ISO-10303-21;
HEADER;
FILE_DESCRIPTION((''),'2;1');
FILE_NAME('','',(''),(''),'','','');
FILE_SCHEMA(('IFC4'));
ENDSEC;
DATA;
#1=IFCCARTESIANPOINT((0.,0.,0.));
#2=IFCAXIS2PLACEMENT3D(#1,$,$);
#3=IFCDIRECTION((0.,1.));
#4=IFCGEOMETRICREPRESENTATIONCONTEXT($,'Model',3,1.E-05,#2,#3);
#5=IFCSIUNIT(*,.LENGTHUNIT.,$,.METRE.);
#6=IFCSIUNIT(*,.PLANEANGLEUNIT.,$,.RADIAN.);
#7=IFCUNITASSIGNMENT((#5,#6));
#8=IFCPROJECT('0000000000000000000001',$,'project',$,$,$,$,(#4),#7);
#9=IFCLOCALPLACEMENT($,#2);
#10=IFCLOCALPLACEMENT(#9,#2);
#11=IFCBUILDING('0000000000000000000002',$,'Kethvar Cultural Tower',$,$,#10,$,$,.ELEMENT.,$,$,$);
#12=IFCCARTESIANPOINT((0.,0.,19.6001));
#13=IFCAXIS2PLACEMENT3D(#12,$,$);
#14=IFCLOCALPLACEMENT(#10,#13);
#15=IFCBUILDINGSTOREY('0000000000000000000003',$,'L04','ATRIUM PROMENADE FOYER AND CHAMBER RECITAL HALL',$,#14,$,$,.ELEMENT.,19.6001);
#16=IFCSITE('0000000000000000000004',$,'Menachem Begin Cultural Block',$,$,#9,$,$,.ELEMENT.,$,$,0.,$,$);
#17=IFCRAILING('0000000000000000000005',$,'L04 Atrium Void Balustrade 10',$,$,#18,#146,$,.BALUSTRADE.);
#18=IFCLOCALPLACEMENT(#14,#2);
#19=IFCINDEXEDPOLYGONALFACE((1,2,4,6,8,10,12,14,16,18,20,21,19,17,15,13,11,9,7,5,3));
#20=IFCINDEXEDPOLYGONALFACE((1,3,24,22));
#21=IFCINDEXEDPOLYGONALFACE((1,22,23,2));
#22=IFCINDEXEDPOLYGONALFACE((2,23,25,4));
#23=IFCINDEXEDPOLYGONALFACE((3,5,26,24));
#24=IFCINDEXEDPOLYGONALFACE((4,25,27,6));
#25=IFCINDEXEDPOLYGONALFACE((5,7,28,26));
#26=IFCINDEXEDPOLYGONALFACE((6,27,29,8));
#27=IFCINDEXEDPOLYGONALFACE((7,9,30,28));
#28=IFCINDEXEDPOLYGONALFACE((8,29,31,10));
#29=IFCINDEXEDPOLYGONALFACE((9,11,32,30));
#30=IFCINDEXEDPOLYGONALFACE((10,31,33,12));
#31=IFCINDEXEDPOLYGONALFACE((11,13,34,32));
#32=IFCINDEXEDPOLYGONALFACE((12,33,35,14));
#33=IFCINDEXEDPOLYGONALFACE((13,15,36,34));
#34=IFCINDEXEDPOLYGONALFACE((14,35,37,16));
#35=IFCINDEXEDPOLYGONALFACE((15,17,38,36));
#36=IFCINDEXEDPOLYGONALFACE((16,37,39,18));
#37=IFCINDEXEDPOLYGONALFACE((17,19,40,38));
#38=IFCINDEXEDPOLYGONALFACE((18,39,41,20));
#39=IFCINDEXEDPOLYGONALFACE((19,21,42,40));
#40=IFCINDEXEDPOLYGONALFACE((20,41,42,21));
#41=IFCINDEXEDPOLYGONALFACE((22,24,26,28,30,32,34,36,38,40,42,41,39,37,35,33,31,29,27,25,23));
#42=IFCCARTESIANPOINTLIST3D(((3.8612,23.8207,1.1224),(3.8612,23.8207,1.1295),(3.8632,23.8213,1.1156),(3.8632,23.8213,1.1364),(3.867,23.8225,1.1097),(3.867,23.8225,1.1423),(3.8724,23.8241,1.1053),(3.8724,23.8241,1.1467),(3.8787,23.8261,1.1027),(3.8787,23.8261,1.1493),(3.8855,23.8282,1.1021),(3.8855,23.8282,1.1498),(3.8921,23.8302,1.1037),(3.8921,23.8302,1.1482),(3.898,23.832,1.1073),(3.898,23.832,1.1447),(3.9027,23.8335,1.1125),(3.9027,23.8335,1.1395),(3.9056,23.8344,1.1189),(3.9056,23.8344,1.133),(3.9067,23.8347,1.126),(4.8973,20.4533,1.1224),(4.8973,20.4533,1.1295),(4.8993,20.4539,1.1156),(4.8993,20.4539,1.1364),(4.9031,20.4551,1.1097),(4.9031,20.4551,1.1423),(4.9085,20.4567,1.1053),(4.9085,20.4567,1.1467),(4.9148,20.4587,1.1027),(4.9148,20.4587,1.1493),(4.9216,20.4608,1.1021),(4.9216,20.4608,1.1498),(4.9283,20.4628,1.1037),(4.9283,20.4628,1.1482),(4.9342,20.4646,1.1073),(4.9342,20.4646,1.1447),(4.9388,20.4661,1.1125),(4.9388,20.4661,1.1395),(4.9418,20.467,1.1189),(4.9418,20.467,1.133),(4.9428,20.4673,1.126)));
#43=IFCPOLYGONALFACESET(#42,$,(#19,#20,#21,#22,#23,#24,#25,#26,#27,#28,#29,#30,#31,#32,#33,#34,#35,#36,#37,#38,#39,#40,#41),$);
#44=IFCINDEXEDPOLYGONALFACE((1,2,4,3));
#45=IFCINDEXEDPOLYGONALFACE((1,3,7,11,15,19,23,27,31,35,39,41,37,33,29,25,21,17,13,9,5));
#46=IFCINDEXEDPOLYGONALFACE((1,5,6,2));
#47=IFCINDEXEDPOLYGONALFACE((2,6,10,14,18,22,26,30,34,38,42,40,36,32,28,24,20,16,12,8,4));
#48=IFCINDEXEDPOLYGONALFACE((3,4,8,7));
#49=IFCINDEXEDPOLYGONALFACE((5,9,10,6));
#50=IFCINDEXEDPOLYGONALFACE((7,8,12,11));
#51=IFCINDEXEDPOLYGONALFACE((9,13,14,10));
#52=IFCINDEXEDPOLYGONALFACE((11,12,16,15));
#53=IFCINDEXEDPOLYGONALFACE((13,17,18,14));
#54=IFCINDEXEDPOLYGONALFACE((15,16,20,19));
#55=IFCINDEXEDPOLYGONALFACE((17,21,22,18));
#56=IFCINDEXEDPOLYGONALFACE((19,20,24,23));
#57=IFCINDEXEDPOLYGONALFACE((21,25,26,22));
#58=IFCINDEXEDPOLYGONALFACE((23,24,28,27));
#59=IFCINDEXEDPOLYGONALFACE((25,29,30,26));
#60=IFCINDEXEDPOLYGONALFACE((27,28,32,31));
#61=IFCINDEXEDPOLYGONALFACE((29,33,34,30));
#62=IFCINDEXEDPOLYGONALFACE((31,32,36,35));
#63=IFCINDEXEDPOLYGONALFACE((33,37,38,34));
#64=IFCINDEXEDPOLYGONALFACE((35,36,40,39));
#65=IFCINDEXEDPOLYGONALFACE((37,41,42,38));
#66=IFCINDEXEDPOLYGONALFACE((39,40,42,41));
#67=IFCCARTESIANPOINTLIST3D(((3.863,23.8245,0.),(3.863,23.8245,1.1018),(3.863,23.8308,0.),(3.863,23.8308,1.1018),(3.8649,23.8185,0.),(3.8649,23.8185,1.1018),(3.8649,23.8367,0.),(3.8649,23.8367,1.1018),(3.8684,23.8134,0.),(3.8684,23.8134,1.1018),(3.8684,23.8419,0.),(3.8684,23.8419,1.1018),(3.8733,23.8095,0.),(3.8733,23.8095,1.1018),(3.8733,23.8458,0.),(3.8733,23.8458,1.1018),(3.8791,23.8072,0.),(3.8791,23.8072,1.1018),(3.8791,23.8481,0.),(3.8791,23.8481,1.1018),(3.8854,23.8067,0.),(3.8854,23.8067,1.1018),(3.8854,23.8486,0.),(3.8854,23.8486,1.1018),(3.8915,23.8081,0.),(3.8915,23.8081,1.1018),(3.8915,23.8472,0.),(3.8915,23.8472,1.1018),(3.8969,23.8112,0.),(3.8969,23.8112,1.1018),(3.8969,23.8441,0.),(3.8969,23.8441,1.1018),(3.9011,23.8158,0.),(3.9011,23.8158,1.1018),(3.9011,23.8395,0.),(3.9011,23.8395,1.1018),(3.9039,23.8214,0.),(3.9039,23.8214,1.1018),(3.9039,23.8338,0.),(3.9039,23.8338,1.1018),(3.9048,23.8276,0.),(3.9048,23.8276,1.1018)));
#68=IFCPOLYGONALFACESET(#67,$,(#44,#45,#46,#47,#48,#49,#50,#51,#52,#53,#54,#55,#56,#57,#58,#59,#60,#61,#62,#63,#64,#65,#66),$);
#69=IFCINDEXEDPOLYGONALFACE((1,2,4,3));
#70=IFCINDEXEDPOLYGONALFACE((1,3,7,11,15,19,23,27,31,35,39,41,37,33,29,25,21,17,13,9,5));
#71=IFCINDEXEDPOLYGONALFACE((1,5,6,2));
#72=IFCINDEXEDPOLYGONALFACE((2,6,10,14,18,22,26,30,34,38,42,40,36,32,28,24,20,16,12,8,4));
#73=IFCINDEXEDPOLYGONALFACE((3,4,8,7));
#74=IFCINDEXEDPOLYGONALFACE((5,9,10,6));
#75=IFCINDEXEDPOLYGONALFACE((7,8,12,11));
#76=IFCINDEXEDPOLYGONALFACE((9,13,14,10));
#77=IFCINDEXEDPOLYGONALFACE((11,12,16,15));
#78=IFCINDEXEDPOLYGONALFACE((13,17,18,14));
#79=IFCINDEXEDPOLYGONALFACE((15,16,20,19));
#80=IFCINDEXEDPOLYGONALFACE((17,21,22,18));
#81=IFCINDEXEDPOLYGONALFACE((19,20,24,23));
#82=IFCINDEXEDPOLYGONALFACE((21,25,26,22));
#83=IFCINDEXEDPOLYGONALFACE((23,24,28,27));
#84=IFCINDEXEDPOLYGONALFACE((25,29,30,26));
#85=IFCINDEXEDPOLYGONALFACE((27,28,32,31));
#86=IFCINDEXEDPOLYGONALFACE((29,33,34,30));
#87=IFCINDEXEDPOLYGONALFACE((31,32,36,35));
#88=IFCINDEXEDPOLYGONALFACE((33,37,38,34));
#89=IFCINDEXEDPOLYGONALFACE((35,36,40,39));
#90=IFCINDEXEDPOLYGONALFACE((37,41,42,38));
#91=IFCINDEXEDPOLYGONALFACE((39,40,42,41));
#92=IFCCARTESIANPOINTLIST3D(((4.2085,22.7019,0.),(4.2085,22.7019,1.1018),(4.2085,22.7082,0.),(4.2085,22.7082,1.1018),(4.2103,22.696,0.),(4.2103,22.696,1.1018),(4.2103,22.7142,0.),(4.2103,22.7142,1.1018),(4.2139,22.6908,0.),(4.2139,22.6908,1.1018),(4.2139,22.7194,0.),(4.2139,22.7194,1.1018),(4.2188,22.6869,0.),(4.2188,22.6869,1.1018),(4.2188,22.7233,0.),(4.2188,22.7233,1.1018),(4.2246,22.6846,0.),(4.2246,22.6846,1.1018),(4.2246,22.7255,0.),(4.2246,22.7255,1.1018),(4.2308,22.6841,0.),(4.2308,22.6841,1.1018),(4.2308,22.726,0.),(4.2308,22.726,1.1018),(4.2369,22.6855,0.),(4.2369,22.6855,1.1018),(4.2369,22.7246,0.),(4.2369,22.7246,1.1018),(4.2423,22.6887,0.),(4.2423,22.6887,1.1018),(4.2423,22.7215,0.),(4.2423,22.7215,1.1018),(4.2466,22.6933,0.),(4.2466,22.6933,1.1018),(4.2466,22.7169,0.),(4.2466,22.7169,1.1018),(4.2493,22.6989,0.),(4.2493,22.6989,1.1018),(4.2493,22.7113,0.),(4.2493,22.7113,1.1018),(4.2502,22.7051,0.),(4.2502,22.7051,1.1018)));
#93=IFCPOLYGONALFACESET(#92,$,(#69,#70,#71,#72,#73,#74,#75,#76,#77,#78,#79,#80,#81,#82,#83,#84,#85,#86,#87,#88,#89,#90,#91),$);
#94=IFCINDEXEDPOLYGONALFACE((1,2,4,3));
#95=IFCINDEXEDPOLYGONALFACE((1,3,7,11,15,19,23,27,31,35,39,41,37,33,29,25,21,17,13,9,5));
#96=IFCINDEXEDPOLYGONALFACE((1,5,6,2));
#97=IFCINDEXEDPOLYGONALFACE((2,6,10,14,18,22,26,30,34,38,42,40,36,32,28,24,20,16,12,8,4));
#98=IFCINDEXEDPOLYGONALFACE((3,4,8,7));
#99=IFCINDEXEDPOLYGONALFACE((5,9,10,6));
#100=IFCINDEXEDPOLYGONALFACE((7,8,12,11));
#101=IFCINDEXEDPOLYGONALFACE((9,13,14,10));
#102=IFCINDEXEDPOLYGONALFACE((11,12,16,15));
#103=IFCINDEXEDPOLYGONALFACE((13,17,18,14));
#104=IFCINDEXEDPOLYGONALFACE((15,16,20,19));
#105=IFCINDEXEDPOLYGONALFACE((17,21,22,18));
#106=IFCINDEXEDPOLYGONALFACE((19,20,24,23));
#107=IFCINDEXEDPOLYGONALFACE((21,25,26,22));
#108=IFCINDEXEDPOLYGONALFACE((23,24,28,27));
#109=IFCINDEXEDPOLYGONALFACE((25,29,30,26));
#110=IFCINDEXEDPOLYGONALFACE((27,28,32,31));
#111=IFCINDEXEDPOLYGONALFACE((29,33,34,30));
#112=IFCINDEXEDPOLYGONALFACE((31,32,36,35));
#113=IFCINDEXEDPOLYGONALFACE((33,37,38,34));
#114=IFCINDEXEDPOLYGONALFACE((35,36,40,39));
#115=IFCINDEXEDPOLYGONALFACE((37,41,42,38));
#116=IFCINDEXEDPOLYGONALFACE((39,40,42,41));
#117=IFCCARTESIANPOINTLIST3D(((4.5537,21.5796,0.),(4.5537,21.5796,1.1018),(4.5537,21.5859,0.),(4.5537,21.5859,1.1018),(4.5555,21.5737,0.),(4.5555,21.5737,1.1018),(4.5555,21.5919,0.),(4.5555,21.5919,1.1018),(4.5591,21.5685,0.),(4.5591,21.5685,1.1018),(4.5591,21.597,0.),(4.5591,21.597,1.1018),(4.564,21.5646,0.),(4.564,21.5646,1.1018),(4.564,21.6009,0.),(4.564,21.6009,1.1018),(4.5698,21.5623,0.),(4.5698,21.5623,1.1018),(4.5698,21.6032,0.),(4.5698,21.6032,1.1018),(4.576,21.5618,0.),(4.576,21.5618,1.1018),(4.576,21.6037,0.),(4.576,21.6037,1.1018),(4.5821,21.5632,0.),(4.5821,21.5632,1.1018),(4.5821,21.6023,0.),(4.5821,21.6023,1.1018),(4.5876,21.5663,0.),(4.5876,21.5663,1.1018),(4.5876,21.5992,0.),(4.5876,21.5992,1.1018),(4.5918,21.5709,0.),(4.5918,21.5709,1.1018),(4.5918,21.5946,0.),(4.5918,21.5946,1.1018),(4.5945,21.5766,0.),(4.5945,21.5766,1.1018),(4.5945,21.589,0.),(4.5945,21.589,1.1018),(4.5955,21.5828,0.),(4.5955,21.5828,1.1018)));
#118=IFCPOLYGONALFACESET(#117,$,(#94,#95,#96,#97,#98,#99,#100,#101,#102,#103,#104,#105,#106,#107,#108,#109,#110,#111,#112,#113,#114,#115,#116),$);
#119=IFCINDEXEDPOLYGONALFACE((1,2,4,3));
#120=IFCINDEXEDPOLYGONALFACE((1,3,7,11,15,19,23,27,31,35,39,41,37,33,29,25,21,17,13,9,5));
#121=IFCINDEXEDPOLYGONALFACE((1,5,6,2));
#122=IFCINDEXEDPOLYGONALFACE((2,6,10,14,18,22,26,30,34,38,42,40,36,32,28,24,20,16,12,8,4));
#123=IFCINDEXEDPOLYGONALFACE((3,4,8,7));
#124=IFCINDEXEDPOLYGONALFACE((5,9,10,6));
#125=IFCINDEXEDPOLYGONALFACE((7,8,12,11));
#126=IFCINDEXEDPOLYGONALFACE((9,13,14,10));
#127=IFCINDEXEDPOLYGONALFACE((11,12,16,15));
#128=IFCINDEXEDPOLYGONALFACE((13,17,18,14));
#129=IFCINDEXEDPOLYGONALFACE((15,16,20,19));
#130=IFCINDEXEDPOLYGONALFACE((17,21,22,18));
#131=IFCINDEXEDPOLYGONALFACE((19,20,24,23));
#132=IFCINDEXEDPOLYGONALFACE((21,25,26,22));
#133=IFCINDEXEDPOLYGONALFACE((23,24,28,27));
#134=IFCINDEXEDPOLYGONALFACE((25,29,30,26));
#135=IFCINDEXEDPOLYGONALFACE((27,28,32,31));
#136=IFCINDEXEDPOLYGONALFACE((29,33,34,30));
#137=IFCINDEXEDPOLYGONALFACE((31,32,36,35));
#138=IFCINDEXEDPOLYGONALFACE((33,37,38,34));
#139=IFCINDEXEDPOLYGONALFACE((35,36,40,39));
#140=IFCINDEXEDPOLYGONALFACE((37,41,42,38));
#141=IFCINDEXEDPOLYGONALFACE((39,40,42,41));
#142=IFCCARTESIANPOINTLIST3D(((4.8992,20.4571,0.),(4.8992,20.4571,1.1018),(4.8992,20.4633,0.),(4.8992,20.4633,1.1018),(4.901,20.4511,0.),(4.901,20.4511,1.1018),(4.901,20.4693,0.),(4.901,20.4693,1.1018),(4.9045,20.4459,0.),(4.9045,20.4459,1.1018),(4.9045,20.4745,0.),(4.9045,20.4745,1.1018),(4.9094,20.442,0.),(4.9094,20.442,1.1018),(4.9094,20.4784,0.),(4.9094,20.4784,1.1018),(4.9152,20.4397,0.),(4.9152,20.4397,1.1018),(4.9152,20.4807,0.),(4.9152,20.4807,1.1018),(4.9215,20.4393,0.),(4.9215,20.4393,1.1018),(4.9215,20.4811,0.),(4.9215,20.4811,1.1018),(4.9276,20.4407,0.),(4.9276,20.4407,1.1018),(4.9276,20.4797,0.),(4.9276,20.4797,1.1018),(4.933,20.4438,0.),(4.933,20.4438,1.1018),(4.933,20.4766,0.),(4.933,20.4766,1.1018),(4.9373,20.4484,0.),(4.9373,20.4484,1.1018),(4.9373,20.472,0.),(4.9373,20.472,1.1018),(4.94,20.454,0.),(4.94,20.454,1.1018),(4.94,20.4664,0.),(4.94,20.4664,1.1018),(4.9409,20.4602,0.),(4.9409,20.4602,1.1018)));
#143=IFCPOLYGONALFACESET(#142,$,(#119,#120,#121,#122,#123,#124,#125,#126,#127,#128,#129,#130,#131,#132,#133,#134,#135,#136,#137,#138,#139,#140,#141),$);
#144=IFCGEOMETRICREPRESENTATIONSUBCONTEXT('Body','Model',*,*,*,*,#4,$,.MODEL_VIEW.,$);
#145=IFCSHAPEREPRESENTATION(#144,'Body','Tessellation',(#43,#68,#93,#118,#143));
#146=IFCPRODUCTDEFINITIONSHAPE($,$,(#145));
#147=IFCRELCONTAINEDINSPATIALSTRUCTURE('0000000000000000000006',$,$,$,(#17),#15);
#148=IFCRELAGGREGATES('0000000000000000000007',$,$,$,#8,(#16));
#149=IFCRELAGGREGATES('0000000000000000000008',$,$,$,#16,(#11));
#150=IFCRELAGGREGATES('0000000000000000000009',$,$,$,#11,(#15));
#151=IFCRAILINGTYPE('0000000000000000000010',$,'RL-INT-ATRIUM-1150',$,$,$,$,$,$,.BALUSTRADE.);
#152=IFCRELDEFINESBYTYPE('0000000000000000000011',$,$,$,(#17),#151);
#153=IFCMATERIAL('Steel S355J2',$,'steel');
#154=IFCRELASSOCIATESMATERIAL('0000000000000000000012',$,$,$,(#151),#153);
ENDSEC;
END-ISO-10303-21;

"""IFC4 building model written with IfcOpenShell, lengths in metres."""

from ifc_helpers import new_model, si_unit, direction, frame, origin, origin_2d, place, context, subcontext, project, spatial, circle, extrude, material, type_object, element, save


model = new_model("IFC4")

# Units and contexts
model_context = context("Model", 3, precision=1e-05, world=origin(), true_north=direction((0.0, 1.0)))
body_context = subcontext(model_context, "Body", "Model", "MODEL_VIEW")
ifc_project = project(units=[si_unit("LENGTHUNIT", "METRE"), si_unit("PLANEANGLEUNIT", "RADIAN")], contexts=[model_context])

# Site, building, storey
site_placement = place(None, origin())
site = spatial("IfcSite", under=ifc_project, at=site_placement, Name="Menachem Begin Cultural Block", CompositionType="ELEMENT", RefElevation=0.0)
building_placement = place(site_placement, origin())
building = spatial("IfcBuilding", under=site, at=building_placement, Name="Kethvar Cultural Tower", CompositionType="ELEMENT")
storey_placement = place(building_placement, frame((0.0, 0.0, 19.6001)))
storey = spatial("IfcBuildingStorey", under=building, at=storey_placement, Name="L04", Description="ATRIUM PROMENADE FOYER AND CHAMBER RECITAL HALL", CompositionType="ELEMENT", Elevation=19.6001)

# Shared definitions
ifc_material_1 = material(Name="Steel S355J2", Category="steel")

# Railing
railing_type = type_object("IfcRailingType", Name="RL-INT-ATRIUM-1150", PredefinedType="BALUSTRADE", material=ifc_material_1)
railing_1_placement = place(storey_placement, frame((3.8838, 23.8276, 0.0)))
element("IfcRailing", 1, at=railing_1_placement, inside=storey, type_object=railing_type, Name="L04 Atrium Void Balustrade 10", PredefinedType="BALUSTRADE", context=body_context, shape_type="SweptSolid", body=[
    extrude(circle(Radius=0.0239, at=origin_2d()), frame((0.0, 0.0, 1.126), z_axis=(0.294086, -0.955779, 0.0), x_axis=(0.955779, 0.294086, 0.0)), (0.0, 0.0, 1.0), 3.5232),
    extrude(circle(Radius=0.021, at=origin_2d()), origin(), (0.0, 0.0, 1.0), 1.1018),
    extrude(circle(Radius=0.021, at=origin_2d()), frame((0.3455, -1.1226, 0.0)), (0.0, 0.0, 1.0), 1.1018),
    extrude(circle(Radius=0.021, at=origin_2d()), frame((0.6907, -2.2449, 0.0)), (0.0, 0.0, 1.0), 1.1018),
    extrude(circle(Radius=0.021, at=origin_2d()), frame((1.0361, -3.3674, 0.0)), (0.0, 0.0, 1.0), 1.1018),
])

save(model, "model.ifc")
